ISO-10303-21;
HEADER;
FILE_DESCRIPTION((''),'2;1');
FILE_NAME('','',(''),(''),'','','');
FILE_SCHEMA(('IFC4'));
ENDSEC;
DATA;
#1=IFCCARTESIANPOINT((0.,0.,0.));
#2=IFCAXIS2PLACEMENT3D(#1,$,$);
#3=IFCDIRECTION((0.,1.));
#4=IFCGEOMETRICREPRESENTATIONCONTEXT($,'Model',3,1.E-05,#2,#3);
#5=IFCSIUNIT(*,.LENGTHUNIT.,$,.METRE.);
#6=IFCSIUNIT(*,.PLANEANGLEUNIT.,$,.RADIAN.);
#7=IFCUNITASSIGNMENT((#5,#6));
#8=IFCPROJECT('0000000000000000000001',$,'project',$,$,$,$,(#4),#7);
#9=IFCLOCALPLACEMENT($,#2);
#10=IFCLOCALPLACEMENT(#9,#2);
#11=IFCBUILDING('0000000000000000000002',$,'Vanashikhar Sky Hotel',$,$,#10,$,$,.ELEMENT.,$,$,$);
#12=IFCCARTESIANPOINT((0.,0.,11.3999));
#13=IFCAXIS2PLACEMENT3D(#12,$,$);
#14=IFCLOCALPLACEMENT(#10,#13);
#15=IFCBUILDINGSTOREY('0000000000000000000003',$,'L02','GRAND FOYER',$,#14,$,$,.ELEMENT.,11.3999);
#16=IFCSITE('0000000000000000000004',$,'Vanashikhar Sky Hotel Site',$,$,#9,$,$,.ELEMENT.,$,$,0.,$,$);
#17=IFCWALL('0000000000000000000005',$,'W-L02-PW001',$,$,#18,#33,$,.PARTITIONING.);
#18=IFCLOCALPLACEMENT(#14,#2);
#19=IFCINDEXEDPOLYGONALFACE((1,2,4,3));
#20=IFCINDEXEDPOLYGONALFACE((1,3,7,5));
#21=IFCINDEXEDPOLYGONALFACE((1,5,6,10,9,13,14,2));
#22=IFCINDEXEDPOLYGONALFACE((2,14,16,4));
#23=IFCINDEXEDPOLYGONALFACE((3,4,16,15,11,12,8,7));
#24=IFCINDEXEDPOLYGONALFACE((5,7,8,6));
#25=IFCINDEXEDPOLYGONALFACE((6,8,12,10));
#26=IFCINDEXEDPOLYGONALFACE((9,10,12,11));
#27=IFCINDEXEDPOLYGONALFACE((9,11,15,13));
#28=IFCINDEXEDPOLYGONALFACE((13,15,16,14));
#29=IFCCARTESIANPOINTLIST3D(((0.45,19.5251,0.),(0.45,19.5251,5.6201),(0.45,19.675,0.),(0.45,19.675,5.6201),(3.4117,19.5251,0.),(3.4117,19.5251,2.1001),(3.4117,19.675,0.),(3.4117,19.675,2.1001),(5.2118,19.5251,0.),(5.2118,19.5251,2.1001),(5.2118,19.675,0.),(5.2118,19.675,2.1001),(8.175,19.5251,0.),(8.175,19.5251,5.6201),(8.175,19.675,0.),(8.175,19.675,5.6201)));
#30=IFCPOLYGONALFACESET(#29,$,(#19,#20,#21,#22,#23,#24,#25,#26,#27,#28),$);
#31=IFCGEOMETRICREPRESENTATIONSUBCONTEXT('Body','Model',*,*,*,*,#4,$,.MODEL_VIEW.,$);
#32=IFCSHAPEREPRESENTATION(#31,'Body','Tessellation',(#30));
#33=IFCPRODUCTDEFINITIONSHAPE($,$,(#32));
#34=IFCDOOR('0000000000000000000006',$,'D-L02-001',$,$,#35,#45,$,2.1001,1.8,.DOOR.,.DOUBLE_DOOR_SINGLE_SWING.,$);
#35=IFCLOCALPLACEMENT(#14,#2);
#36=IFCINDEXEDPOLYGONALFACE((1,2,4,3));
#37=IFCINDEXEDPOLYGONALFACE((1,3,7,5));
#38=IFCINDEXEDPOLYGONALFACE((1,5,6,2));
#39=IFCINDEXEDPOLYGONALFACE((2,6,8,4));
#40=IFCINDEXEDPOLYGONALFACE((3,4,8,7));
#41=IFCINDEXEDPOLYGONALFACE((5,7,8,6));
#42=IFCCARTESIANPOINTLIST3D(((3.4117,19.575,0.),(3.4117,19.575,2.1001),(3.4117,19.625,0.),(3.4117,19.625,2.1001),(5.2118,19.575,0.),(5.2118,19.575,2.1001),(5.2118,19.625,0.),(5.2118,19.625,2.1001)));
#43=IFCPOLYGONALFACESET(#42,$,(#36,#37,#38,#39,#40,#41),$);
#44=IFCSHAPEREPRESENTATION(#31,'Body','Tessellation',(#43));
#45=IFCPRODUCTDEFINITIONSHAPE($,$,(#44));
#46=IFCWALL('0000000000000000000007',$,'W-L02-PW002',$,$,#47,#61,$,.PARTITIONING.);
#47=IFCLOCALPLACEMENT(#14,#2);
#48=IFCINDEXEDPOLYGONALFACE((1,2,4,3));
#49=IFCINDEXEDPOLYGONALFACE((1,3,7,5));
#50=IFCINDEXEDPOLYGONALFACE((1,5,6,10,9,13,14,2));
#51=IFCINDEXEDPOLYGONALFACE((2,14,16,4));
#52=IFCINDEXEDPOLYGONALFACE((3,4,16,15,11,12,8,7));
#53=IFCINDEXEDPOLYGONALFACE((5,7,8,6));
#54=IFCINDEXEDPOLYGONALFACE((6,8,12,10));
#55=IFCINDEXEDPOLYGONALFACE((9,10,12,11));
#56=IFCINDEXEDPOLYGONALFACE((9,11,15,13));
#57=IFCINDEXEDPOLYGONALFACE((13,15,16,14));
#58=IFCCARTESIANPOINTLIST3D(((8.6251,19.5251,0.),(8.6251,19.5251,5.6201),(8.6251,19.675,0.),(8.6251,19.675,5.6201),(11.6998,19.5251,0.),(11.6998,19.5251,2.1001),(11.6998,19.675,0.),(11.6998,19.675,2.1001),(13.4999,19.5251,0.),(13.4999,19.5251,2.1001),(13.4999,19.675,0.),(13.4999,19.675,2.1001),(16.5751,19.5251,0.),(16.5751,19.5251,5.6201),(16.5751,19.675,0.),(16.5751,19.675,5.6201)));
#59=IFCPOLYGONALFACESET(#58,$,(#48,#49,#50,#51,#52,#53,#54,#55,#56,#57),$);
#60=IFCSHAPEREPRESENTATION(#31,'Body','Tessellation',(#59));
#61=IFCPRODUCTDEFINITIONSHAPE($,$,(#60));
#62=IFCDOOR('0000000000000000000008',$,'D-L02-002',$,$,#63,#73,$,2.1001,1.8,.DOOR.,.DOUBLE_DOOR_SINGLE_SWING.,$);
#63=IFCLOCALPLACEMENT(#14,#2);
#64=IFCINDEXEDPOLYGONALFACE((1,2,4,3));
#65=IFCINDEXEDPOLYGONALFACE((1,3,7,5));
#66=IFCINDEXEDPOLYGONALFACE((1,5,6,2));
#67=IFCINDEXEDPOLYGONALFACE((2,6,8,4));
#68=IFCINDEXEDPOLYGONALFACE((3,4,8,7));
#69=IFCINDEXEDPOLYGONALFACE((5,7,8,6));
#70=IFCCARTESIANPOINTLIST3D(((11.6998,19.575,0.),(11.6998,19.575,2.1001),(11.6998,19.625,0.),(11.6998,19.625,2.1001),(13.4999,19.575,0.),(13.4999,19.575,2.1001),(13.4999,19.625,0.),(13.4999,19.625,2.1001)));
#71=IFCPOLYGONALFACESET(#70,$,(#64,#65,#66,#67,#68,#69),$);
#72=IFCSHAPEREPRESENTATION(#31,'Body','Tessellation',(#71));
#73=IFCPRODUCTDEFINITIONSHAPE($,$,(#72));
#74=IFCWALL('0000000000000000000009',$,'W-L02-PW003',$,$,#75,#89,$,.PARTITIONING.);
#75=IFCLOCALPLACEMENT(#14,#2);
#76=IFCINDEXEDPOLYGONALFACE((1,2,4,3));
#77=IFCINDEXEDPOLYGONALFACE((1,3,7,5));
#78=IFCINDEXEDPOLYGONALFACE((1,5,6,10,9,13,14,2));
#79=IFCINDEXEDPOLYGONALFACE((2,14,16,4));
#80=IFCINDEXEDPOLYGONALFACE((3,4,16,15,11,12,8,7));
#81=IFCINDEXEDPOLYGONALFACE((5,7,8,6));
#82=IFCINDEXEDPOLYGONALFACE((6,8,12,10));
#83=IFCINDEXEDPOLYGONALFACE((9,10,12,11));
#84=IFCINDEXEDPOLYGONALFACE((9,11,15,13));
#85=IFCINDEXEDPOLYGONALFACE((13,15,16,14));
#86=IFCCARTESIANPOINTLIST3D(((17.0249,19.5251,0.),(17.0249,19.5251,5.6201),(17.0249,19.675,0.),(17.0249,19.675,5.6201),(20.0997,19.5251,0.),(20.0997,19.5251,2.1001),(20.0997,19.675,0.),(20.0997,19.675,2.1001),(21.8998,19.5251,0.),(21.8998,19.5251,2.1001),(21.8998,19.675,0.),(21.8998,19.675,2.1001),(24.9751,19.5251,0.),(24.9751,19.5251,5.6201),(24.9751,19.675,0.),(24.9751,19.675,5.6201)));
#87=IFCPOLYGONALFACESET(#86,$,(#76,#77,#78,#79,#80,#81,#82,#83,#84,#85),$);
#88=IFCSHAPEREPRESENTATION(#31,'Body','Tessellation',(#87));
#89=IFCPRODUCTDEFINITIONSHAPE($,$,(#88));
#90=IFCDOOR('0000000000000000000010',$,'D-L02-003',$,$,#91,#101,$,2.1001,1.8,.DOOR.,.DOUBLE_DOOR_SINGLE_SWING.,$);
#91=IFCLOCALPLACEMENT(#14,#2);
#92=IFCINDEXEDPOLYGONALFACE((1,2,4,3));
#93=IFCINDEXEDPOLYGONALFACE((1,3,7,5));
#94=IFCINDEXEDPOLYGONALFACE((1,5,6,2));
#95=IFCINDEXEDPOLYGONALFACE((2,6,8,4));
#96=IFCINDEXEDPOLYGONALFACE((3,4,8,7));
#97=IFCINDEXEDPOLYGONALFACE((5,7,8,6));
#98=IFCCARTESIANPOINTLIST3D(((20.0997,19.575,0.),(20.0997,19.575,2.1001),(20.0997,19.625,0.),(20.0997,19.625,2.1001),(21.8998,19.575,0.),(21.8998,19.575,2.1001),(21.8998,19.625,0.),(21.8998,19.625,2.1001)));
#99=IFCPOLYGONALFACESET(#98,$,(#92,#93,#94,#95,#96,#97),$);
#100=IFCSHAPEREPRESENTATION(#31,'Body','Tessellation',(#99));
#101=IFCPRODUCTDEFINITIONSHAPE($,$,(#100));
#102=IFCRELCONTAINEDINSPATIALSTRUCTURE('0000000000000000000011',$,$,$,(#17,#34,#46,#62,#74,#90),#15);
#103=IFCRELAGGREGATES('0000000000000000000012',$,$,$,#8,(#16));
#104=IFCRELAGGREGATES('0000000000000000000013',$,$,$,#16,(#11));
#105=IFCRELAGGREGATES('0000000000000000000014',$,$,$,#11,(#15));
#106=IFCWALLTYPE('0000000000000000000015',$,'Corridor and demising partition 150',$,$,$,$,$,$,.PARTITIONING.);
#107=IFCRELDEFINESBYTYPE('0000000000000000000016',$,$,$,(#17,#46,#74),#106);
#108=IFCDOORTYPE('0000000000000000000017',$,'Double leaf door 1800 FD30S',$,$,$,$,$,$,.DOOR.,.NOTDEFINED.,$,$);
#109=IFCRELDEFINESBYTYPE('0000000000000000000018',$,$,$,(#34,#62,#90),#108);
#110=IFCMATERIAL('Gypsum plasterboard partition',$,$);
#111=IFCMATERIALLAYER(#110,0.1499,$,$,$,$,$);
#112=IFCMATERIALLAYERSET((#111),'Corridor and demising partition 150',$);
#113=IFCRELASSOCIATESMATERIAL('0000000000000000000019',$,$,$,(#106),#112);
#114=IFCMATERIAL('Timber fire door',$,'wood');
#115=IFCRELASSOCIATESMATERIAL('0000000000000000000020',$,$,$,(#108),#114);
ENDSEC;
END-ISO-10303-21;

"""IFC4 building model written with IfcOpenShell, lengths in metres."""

from ifc_helpers import new_model, si_unit, direction, frame, frame_2d, origin, place, context, subcontext, project, spatial, rectangle, extrude, source, transform, mapped, material, layer, layer_set, type_object, element, fill, save


model = new_model("IFC4")

# Units and contexts
model_context = context("Model", 3, precision=1e-05, world=origin(), true_north=direction((0.0, 1.0)))
body_context = subcontext(model_context, "Body", "Model", "MODEL_VIEW")
ifc_project = project(units=[si_unit("LENGTHUNIT", "METRE"), si_unit("PLANEANGLEUNIT", "RADIAN")], contexts=[model_context])

# Site, building, storey
site_placement = place(None, origin())
site = spatial("IfcSite", under=ifc_project, at=site_placement, Name="Vanashikhar Sky Hotel Site", CompositionType="ELEMENT", RefElevation=0.0)
building_placement = place(site_placement, origin())
building = spatial("IfcBuilding", under=site, at=building_placement, Name="Vanashikhar Sky Hotel", CompositionType="ELEMENT")
storey_placement = place(building_placement, frame((0.0, 0.0, 11.3999)))
storey = spatial("IfcBuildingStorey", under=building, at=storey_placement, Name="L02", Description="GRAND FOYER", CompositionType="ELEMENT", Elevation=11.3999)

# Walls, openings, doors
ifc_material_1 = material(Name="Gypsum plasterboard partition")
ifc_layer_1 = layer(ifc_material_1, 0.1499)
ifc_layer_set_1 = layer_set([ifc_layer_1], Name="Corridor and demising partition 150")
wall_type_1 = type_object("IfcWallType", Name="Corridor and demising partition 150", PredefinedType="PARTITIONING", material=ifc_layer_set_1)
shared_shape_1 = source(origin(), body_context, "Body", "SweptSolid", [
    extrude(rectangle(XDim=7.7251, YDim=0.1499, at=frame_2d((3.8625, 0.0))), origin(), (0.0, 0.0, 1.0), 5.6201),
])
wall_1_placement = place(storey_placement, frame((0.45, 19.6001, 0.0), z_axis=(0.0, 0.0, 1.0), x_axis=(1.0, 0.0, 0.0)))
wall_1 = element("IfcWall", 1, at=wall_1_placement, inside=storey, type_object=wall_type_1, Name="W-L02-PW001", PredefinedType="PARTITIONING", context=body_context, shape_type="MappedRepresentation", body=[
    mapped(shared_shape_1, transform((0.0, 0.0, 0.0), scale=1.0)),
])
shared_shape_2 = source(origin(), body_context, "Body", "SweptSolid", [
    extrude(rectangle(XDim=1.8, YDim=2.1001, at=frame_2d((0.8999, 1.05))), frame((0.0, 0.085, 0.0), z_axis=(0.0, -1.0, 0.0), x_axis=(1.0, 0.0, 0.0)), (0.0, 0.0, 1.0), 0.1699),
])
opening_1_placement = place(wall_1_placement, frame((2.9619, 0.0, 0.0)))
opening_1 = element("IfcOpeningElement", 2, at=opening_1_placement, cuts=wall_1, PredefinedType="OPENING", context=body_context, shape_type="MappedRepresentation", body=[
    mapped(shared_shape_2, transform((0.0, 0.0, 0.0), scale=1.0)),
])
ifc_material_2 = material(Name="Timber fire door", Category="wood")
door_type = type_object("IfcDoorType", Name="Double leaf door 1800 FD30S", OperationType="NOTDEFINED", PredefinedType="DOOR", material=ifc_material_2)
shared_shape_3 = source(origin(), body_context, "Body", "SweptSolid", [
    extrude(rectangle(XDim=1.8, YDim=2.1001, at=frame_2d((0.8999, 1.05))), frame((0.0, 0.0249, 0.0), z_axis=(0.0, -1.0, 0.0), x_axis=(1.0, 0.0, 0.0)), (0.0, 0.0, 1.0), 0.05),
])
door_1_placement = place(opening_1_placement, origin())
door_1 = element("IfcDoor", 3, at=door_1_placement, inside=storey, type_object=door_type, Name="D-L02-001", OperationType="DOUBLE_DOOR_SINGLE_SWING", OverallHeight=2.1001, OverallWidth=1.8, PredefinedType="DOOR", context=body_context, shape_type="MappedRepresentation", body=[
    mapped(shared_shape_3, transform((0.0, 0.0, 0.0), scale=1.0)),
])
fill(opening_1, door_1)
shared_shape_4 = source(origin(), body_context, "Body", "SweptSolid", [
    extrude(rectangle(XDim=7.95, YDim=0.1499, at=frame_2d((3.9751, 0.0))), origin(), (0.0, 0.0, 1.0), 5.6201),
])
wall_2_placement = place(storey_placement, frame((8.625, 19.6001, 0.0), z_axis=(0.0, 0.0, 1.0), x_axis=(1.0, 0.0, 0.0)))
wall_2 = element("IfcWall", 4, at=wall_2_placement, inside=storey, type_object=wall_type_1, Name="W-L02-PW002", PredefinedType="PARTITIONING", context=body_context, shape_type="MappedRepresentation", body=[
    mapped(shared_shape_4, transform((0.0, 0.0, 0.0), scale=1.0)),
])
opening_2_placement = place(wall_2_placement, frame((3.075, 0.0, 0.0)))
opening_2 = element("IfcOpeningElement", 5, at=opening_2_placement, cuts=wall_2, PredefinedType="OPENING", context=body_context, shape_type="MappedRepresentation", body=[
    mapped(shared_shape_2, transform((0.0, 0.0, 0.0), scale=1.0)),
])
door_2_placement = place(opening_2_placement, origin())
door_2 = element("IfcDoor", 6, at=door_2_placement, inside=storey, type_object=door_type, Name="D-L02-002", OperationType="DOUBLE_DOOR_SINGLE_SWING", OverallHeight=2.1001, OverallWidth=1.8, PredefinedType="DOOR", context=body_context, shape_type="MappedRepresentation", body=[
    mapped(shared_shape_3, transform((0.0, 0.0, 0.0), scale=1.0)),
])
fill(opening_2, door_2)
shared_shape_5 = source(origin(), body_context, "Body", "SweptSolid", [
    extrude(rectangle(XDim=7.9502, YDim=0.1499, at=frame_2d((3.9751, 0.0))), origin(), (0.0, 0.0, 1.0), 5.6201),
])
wall_3_placement = place(storey_placement, frame((17.0249, 19.6001, 0.0), z_axis=(0.0, 0.0, 1.0), x_axis=(1.0, 0.0, 0.0)))
wall_3 = element("IfcWall", 7, at=wall_3_placement, inside=storey, type_object=wall_type_1, Name="W-L02-PW003", PredefinedType="PARTITIONING", context=body_context, shape_type="MappedRepresentation", body=[
    mapped(shared_shape_5, transform((0.0, 0.0, 0.0), scale=1.0)),
])
opening_3_placement = place(wall_3_placement, frame((3.075, 0.0, 0.0)))
opening_3 = element("IfcOpeningElement", 8, at=opening_3_placement, cuts=wall_3, PredefinedType="OPENING", context=body_context, shape_type="MappedRepresentation", body=[
    mapped(shared_shape_2, transform((0.0, 0.0, 0.0), scale=1.0)),
])
door_3_placement = place(opening_3_placement, origin())
door_3 = element("IfcDoor", 9, at=door_3_placement, inside=storey, type_object=door_type, Name="D-L02-003", OperationType="DOUBLE_DOOR_SINGLE_SWING", OverallHeight=2.1001, OverallWidth=1.8, PredefinedType="DOOR", context=body_context, shape_type="MappedRepresentation", body=[
    mapped(shared_shape_3, transform((0.0, 0.0, 0.0), scale=1.0)),
])
fill(opening_3, door_3)

save(model, "model.ifc")
